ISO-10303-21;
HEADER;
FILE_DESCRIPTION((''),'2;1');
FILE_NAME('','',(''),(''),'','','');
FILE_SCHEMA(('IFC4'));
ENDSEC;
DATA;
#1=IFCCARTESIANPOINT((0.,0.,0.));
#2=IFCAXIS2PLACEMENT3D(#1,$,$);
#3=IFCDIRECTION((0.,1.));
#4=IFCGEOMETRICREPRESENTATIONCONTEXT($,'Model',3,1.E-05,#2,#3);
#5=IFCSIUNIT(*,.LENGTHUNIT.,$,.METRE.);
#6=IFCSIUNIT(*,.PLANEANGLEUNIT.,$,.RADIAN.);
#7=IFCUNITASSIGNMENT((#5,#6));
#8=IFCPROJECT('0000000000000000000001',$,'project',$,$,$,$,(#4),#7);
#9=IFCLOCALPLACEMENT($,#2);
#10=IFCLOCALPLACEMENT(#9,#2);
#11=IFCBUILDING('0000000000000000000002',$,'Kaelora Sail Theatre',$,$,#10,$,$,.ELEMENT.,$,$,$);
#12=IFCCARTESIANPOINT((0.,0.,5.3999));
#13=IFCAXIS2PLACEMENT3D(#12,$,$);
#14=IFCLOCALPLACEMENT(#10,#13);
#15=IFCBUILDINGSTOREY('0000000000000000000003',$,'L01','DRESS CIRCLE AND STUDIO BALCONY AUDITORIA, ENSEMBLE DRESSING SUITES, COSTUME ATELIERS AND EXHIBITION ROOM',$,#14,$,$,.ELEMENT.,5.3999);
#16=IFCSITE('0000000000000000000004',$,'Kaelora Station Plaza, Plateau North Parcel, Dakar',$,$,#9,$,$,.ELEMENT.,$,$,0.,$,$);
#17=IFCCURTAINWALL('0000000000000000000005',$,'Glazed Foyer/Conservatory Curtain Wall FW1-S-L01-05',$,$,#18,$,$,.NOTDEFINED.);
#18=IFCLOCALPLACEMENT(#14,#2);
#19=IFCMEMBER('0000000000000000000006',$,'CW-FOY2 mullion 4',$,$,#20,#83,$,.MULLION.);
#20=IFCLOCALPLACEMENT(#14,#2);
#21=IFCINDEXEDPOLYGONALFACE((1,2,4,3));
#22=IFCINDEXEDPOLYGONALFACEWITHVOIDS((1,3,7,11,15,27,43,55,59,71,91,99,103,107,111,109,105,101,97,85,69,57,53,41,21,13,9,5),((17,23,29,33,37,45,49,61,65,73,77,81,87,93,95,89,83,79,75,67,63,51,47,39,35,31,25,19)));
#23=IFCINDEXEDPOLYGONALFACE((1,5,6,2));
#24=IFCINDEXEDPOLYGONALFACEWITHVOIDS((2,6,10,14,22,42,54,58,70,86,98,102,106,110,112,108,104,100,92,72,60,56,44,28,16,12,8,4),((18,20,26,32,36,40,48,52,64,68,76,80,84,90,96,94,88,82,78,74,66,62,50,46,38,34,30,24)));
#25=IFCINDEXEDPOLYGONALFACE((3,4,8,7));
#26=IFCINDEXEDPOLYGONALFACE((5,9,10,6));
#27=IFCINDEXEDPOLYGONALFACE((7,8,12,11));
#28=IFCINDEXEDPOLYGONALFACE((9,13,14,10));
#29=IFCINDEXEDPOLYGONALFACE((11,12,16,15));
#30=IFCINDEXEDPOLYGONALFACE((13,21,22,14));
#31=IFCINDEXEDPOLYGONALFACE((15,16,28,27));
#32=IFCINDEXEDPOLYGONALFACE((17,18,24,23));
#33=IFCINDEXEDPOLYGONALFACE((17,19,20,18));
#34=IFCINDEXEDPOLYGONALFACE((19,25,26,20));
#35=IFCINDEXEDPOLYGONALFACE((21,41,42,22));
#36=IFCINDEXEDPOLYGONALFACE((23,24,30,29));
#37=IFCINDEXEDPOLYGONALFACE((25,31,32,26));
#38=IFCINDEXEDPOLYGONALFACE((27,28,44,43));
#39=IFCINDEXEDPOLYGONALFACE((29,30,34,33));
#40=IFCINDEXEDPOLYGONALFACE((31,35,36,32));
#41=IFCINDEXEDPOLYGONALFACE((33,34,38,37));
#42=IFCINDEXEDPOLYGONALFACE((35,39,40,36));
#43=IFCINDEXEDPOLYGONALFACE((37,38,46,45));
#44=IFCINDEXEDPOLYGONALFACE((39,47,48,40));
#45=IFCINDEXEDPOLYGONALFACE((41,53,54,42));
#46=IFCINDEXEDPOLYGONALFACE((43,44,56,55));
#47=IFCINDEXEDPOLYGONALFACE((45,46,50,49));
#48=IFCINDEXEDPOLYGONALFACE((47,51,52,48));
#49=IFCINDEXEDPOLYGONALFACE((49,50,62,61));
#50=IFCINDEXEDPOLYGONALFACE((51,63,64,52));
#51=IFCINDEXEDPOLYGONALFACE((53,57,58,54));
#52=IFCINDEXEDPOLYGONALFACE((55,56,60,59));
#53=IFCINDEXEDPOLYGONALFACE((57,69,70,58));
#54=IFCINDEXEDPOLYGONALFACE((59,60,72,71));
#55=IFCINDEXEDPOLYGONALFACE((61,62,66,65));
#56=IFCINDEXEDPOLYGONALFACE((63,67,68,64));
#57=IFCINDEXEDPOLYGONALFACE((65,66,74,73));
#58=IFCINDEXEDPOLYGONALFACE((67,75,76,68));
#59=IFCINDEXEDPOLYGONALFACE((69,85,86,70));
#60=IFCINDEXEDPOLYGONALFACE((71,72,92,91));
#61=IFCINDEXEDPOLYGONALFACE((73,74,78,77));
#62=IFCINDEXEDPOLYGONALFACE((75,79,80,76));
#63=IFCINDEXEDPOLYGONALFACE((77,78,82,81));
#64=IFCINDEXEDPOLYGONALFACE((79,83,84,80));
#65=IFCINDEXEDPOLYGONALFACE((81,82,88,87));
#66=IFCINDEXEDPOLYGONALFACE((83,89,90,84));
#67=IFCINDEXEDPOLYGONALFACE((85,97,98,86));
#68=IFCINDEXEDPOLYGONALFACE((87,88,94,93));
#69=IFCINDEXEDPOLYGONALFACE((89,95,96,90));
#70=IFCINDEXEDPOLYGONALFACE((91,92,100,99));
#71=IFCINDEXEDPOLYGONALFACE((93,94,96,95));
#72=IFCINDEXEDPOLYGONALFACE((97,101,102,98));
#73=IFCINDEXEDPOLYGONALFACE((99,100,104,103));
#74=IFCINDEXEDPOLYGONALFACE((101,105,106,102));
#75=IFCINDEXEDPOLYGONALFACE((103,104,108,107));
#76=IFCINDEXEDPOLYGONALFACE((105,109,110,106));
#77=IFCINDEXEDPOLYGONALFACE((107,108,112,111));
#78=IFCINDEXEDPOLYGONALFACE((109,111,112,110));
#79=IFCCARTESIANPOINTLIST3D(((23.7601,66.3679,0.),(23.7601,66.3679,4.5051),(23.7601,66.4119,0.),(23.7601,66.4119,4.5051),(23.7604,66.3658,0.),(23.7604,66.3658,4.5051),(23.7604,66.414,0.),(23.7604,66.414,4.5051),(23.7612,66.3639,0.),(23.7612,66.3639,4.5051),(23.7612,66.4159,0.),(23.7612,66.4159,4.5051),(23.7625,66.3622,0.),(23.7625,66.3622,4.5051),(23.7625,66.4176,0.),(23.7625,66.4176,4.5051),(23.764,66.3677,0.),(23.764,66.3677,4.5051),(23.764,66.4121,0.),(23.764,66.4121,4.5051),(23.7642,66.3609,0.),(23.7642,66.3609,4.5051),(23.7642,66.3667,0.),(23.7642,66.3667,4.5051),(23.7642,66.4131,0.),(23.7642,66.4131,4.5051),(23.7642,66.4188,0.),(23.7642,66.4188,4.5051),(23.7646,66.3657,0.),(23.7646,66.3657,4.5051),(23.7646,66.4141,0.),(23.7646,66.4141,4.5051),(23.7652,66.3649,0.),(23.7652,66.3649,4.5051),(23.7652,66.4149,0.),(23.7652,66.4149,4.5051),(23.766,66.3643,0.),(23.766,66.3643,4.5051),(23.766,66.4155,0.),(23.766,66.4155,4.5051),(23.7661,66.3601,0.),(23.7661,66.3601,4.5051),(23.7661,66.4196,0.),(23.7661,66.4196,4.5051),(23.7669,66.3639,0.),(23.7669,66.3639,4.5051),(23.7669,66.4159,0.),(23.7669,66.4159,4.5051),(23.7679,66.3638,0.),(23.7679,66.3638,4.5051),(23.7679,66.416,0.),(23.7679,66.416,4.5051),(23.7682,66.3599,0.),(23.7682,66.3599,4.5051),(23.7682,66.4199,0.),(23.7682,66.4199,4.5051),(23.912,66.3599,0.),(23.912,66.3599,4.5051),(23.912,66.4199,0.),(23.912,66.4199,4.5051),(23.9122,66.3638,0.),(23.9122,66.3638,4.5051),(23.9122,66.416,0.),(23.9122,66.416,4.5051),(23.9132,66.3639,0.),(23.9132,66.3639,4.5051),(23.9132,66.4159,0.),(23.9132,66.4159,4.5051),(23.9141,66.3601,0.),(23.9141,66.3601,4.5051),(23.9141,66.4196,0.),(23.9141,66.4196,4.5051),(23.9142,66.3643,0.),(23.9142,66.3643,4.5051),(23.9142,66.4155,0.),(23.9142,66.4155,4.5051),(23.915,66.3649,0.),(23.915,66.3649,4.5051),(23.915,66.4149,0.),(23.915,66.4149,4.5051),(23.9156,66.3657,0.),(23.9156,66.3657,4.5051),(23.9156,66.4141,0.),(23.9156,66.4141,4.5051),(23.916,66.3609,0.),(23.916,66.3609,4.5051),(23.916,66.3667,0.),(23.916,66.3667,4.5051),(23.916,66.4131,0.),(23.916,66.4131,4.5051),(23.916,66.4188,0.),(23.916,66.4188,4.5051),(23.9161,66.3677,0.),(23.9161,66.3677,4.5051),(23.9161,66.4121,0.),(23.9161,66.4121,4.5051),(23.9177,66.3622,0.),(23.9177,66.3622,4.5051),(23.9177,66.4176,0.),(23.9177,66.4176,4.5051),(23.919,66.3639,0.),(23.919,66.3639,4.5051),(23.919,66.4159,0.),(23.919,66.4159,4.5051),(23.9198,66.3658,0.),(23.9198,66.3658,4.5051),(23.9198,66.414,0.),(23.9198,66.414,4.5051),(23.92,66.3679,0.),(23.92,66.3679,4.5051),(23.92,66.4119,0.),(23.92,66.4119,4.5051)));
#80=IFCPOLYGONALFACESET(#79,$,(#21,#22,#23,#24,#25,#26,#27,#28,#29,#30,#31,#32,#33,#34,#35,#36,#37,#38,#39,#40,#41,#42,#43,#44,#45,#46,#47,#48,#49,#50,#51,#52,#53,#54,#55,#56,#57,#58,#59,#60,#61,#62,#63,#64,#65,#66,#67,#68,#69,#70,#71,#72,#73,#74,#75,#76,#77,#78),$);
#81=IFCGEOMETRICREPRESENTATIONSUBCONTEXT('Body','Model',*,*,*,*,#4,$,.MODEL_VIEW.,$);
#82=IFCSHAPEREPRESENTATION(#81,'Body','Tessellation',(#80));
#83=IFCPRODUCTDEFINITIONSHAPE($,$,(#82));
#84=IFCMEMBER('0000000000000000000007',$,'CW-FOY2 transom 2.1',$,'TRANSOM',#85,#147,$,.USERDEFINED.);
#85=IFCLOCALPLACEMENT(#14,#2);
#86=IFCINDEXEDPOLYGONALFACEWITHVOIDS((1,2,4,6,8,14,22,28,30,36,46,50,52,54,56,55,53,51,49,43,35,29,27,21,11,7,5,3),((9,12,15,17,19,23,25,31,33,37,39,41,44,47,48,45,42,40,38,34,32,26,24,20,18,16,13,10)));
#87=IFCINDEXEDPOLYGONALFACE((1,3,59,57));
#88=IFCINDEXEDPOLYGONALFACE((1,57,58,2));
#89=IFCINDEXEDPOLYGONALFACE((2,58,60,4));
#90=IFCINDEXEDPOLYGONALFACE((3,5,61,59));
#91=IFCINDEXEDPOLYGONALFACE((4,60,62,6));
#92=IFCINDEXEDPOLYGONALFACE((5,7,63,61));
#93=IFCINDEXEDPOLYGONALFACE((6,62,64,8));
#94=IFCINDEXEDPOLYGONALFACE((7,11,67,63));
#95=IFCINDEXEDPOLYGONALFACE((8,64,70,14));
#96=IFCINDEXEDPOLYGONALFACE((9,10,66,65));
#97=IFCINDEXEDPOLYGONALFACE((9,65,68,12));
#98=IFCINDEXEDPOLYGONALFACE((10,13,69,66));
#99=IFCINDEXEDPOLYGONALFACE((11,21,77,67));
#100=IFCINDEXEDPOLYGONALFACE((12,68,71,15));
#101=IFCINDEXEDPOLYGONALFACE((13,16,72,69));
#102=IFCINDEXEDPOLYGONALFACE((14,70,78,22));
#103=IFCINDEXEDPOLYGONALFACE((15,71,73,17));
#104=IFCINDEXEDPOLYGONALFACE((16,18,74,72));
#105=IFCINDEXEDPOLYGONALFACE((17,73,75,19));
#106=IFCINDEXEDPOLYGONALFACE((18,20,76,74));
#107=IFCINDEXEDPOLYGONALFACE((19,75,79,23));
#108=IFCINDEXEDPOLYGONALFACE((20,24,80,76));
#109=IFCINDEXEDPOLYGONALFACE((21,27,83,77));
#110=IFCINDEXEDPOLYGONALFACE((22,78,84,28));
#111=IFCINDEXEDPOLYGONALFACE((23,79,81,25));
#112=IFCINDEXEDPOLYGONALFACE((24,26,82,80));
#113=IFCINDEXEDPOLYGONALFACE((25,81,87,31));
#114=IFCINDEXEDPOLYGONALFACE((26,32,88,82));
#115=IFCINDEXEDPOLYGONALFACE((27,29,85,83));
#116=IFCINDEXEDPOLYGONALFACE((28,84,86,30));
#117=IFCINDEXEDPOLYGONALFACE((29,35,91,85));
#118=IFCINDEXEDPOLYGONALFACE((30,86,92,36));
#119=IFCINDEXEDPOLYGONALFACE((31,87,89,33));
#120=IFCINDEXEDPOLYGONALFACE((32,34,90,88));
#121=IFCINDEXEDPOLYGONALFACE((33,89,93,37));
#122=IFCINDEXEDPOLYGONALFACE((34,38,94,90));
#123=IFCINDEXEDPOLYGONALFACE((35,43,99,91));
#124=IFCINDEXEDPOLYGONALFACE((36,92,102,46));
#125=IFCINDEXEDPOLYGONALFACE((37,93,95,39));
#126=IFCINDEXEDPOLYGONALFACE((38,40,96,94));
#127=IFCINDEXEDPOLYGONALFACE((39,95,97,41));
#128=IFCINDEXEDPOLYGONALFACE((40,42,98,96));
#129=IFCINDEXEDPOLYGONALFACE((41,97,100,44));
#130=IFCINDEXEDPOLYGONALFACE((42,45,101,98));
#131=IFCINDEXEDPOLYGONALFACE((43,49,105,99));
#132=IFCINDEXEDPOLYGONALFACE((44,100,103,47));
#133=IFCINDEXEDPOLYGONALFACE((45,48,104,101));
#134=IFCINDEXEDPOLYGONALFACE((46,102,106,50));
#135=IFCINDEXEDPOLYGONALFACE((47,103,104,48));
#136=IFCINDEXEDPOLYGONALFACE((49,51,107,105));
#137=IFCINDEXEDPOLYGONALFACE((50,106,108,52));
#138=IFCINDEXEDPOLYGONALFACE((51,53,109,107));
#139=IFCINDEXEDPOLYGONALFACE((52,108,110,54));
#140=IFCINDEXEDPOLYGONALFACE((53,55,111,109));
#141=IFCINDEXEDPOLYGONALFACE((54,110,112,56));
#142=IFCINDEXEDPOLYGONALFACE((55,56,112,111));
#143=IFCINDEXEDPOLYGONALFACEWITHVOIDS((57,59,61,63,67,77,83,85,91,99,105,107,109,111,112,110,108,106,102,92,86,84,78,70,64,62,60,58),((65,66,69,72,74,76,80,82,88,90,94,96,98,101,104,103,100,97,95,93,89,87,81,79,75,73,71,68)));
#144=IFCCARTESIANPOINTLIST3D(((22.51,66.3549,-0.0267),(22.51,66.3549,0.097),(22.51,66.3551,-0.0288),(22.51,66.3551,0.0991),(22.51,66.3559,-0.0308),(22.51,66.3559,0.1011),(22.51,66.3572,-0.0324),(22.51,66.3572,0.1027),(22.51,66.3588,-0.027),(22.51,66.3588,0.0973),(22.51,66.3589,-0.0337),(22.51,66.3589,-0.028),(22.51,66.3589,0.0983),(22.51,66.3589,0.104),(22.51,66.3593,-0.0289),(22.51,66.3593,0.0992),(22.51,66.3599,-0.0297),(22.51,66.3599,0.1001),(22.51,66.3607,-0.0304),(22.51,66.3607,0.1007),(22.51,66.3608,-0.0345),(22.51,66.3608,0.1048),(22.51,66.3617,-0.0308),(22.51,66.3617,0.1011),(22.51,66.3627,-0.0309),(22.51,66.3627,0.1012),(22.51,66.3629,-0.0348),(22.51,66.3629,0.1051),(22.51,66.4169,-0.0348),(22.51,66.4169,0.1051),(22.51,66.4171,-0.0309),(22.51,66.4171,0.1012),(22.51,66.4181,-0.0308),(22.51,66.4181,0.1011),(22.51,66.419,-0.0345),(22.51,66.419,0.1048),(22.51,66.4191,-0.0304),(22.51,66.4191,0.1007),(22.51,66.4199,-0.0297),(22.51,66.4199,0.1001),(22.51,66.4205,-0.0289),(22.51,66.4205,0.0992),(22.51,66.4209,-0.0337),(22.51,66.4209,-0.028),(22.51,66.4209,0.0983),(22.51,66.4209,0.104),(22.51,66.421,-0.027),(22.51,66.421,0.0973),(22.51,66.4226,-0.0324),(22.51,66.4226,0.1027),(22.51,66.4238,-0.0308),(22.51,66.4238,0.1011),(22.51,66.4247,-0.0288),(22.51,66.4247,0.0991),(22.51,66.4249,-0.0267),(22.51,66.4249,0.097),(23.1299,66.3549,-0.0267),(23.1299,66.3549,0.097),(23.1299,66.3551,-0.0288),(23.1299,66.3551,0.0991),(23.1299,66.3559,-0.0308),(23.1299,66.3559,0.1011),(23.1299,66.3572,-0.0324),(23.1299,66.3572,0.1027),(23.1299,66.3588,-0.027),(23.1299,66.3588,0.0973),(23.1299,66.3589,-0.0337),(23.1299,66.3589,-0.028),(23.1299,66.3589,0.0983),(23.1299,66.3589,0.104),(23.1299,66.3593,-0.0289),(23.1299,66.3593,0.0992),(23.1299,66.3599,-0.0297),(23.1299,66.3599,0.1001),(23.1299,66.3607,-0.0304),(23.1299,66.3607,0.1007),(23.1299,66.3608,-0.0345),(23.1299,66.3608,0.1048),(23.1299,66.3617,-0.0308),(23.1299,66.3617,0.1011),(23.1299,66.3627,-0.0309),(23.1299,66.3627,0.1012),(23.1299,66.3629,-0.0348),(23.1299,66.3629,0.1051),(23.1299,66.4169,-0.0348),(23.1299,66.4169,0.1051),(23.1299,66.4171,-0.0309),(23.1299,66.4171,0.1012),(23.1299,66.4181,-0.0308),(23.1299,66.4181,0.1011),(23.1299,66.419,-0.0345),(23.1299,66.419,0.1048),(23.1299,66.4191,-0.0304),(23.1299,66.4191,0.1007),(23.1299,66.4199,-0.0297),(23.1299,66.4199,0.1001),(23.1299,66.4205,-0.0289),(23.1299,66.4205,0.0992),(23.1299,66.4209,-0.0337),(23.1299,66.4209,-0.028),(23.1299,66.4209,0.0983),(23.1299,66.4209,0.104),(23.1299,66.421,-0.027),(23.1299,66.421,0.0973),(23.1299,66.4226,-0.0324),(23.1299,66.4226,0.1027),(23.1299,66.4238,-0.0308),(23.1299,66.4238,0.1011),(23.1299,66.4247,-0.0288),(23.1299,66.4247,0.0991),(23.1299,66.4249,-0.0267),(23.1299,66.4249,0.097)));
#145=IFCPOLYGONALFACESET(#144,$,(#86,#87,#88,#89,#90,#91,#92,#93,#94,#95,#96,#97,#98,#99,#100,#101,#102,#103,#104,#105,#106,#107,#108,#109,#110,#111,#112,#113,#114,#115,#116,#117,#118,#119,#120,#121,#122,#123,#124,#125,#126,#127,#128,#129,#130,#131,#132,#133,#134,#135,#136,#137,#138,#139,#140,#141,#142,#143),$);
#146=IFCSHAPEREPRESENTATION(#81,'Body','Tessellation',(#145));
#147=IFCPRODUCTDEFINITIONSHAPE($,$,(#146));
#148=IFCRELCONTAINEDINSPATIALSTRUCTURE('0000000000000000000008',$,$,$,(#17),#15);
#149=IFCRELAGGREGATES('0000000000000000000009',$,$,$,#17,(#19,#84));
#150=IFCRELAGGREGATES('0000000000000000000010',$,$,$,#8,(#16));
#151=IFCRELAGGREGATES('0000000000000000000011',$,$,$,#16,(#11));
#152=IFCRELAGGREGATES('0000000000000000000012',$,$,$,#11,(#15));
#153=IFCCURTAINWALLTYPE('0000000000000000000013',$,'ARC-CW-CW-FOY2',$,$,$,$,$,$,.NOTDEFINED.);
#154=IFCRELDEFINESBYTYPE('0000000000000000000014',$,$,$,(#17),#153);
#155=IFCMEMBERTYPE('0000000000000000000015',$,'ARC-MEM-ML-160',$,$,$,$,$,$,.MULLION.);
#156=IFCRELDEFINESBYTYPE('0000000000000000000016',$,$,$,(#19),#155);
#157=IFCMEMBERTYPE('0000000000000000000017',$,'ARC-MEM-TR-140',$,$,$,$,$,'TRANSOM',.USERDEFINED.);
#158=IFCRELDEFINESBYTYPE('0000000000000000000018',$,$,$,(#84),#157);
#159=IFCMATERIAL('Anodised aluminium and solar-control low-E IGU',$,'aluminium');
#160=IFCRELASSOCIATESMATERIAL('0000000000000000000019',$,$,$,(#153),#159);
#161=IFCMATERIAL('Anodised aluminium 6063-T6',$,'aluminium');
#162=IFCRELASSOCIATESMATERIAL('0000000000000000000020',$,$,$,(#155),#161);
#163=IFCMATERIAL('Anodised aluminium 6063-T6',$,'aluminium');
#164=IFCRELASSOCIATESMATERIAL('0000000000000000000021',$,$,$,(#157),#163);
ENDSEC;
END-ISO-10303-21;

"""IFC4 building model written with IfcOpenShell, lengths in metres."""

from ifc_helpers import new_model, si_unit, direction, frame, origin, origin_2d, place, context, subcontext, project, spatial, hollow_rectangle, extrude, material, material_profile, profile_set, type_object, element, aggregate, save


model = new_model("IFC4")

# Units and contexts
model_context = context("Model", 3, precision=1e-05, world=origin(), true_north=direction((0.0, 1.0)))
body_context = subcontext(model_context, "Body", "Model", "MODEL_VIEW")
ifc_project = project(units=[si_unit("LENGTHUNIT", "METRE"), si_unit("PLANEANGLEUNIT", "RADIAN")], contexts=[model_context])

# Site, building, storey
site_placement = place(None, origin())
site = spatial("IfcSite", under=ifc_project, at=site_placement, Name="Kaelora Station Plaza, Plateau North Parcel, Dakar", CompositionType="ELEMENT", RefElevation=0.0)
building_placement = place(site_placement, origin())
building = spatial("IfcBuilding", under=site, at=building_placement, Name="Kaelora Sail Theatre", CompositionType="ELEMENT")
storey_placement = place(building_placement, frame((0.0, 0.0, 5.3999)))
storey = spatial("IfcBuildingStorey", under=building, at=storey_placement, Name="L01", Description="DRESS CIRCLE AND STUDIO BALCONY AUDITORIA, ENSEMBLE DRESSING SUITES, COSTUME ATELIERS AND EXHIBITION ROOM", CompositionType="ELEMENT", Elevation=5.3999)

# Curtain wall, members
ifc_material_1 = material(Name="Anodised aluminium and solar-control low-E IGU", Category="aluminium")
curtain_wall_type = type_object("IfcCurtainWallType", Name="ARC-CW-CW-FOY2", PredefinedType="NOTDEFINED", material=ifc_material_1)
curtain_wall_placement = place(storey_placement, origin())
curtain_wall = element("IfcCurtainWall", 1, at=curtain_wall_placement, inside=storey, type_object=curtain_wall_type, Name="Glazed Foyer/Conservatory Curtain Wall FW1-S-L01-05", PredefinedType="NOTDEFINED")
ifc_material_2 = material(Name="Anodised aluminium 6063-T6", Category="aluminium")
ifc_material_profile_1 = material_profile(ifc_material_2, hollow_rectangle(XDim=0.0601, YDim=0.1599, WallThickness=0.0039, InnerFilletRadius=0.0039, OuterFilletRadius=0.0081, at=origin_2d()), Name="ALU-MULL 60x160x4")
ifc_profile_set_1 = profile_set([ifc_material_profile_1], Name="Anodised aluminium 6063-T6")
member_type_1 = type_object("IfcMemberType", Name="ARC-MEM-ML-160", PredefinedType="MULLION", material=ifc_profile_set_1)
member_1_placement = place(storey_placement, frame((23.8401, 66.3899, 0.0), z_axis=(0.0, 0.0, 1.0), x_axis=(0.0, 1.0, 0.0)))
member_1 = element("IfcMember", 2, at=member_1_placement, type_object=member_type_1, Name="CW-FOY2 mullion 4", PredefinedType="MULLION", context=body_context, shape_type="SweptSolid", body=[
    extrude(hollow_rectangle(XDim=0.0601, YDim=0.1599, WallThickness=0.0039, InnerFilletRadius=0.0039, OuterFilletRadius=0.0081, at=origin_2d()), origin(), (0.0, 0.0, 1.0), 4.5051),
])
ifc_material_3 = material(Name="Anodised aluminium 6063-T6", Category="aluminium")
ifc_material_profile_2 = material_profile(ifc_material_3, hollow_rectangle(XDim=0.0701, YDim=0.1399, WallThickness=0.0039, InnerFilletRadius=0.0039, OuterFilletRadius=0.0081, at=origin_2d()), Name="ALU-TRAN 70x140x4")
ifc_profile_set_2 = profile_set([ifc_material_profile_2], Name="Anodised aluminium 6063-T6")
member_type_2 = type_object("IfcMemberType", Name="ARC-MEM-TR-140", ElementType="TRANSOM", PredefinedType="USERDEFINED", material=ifc_profile_set_2)
member_2_placement = place(storey_placement, frame((22.51, 66.3899, 0.0352), z_axis=(1.0, 0.0, 0.0), x_axis=(0.0, 1.0, 0.0)))
member_2 = element("IfcMember", 3, at=member_2_placement, type_object=member_type_2, Name="CW-FOY2 transom 2.1", ObjectType="TRANSOM", PredefinedType="USERDEFINED", context=body_context, shape_type="SweptSolid", body=[
    extrude(hollow_rectangle(XDim=0.0701, YDim=0.1399, WallThickness=0.0039, InnerFilletRadius=0.0039, OuterFilletRadius=0.0081, at=origin_2d()), origin(), (0.0, 0.0, 1.0), 0.6199),
])
aggregate(curtain_wall, [member_1, member_2])

save(model, "model.ifc")
